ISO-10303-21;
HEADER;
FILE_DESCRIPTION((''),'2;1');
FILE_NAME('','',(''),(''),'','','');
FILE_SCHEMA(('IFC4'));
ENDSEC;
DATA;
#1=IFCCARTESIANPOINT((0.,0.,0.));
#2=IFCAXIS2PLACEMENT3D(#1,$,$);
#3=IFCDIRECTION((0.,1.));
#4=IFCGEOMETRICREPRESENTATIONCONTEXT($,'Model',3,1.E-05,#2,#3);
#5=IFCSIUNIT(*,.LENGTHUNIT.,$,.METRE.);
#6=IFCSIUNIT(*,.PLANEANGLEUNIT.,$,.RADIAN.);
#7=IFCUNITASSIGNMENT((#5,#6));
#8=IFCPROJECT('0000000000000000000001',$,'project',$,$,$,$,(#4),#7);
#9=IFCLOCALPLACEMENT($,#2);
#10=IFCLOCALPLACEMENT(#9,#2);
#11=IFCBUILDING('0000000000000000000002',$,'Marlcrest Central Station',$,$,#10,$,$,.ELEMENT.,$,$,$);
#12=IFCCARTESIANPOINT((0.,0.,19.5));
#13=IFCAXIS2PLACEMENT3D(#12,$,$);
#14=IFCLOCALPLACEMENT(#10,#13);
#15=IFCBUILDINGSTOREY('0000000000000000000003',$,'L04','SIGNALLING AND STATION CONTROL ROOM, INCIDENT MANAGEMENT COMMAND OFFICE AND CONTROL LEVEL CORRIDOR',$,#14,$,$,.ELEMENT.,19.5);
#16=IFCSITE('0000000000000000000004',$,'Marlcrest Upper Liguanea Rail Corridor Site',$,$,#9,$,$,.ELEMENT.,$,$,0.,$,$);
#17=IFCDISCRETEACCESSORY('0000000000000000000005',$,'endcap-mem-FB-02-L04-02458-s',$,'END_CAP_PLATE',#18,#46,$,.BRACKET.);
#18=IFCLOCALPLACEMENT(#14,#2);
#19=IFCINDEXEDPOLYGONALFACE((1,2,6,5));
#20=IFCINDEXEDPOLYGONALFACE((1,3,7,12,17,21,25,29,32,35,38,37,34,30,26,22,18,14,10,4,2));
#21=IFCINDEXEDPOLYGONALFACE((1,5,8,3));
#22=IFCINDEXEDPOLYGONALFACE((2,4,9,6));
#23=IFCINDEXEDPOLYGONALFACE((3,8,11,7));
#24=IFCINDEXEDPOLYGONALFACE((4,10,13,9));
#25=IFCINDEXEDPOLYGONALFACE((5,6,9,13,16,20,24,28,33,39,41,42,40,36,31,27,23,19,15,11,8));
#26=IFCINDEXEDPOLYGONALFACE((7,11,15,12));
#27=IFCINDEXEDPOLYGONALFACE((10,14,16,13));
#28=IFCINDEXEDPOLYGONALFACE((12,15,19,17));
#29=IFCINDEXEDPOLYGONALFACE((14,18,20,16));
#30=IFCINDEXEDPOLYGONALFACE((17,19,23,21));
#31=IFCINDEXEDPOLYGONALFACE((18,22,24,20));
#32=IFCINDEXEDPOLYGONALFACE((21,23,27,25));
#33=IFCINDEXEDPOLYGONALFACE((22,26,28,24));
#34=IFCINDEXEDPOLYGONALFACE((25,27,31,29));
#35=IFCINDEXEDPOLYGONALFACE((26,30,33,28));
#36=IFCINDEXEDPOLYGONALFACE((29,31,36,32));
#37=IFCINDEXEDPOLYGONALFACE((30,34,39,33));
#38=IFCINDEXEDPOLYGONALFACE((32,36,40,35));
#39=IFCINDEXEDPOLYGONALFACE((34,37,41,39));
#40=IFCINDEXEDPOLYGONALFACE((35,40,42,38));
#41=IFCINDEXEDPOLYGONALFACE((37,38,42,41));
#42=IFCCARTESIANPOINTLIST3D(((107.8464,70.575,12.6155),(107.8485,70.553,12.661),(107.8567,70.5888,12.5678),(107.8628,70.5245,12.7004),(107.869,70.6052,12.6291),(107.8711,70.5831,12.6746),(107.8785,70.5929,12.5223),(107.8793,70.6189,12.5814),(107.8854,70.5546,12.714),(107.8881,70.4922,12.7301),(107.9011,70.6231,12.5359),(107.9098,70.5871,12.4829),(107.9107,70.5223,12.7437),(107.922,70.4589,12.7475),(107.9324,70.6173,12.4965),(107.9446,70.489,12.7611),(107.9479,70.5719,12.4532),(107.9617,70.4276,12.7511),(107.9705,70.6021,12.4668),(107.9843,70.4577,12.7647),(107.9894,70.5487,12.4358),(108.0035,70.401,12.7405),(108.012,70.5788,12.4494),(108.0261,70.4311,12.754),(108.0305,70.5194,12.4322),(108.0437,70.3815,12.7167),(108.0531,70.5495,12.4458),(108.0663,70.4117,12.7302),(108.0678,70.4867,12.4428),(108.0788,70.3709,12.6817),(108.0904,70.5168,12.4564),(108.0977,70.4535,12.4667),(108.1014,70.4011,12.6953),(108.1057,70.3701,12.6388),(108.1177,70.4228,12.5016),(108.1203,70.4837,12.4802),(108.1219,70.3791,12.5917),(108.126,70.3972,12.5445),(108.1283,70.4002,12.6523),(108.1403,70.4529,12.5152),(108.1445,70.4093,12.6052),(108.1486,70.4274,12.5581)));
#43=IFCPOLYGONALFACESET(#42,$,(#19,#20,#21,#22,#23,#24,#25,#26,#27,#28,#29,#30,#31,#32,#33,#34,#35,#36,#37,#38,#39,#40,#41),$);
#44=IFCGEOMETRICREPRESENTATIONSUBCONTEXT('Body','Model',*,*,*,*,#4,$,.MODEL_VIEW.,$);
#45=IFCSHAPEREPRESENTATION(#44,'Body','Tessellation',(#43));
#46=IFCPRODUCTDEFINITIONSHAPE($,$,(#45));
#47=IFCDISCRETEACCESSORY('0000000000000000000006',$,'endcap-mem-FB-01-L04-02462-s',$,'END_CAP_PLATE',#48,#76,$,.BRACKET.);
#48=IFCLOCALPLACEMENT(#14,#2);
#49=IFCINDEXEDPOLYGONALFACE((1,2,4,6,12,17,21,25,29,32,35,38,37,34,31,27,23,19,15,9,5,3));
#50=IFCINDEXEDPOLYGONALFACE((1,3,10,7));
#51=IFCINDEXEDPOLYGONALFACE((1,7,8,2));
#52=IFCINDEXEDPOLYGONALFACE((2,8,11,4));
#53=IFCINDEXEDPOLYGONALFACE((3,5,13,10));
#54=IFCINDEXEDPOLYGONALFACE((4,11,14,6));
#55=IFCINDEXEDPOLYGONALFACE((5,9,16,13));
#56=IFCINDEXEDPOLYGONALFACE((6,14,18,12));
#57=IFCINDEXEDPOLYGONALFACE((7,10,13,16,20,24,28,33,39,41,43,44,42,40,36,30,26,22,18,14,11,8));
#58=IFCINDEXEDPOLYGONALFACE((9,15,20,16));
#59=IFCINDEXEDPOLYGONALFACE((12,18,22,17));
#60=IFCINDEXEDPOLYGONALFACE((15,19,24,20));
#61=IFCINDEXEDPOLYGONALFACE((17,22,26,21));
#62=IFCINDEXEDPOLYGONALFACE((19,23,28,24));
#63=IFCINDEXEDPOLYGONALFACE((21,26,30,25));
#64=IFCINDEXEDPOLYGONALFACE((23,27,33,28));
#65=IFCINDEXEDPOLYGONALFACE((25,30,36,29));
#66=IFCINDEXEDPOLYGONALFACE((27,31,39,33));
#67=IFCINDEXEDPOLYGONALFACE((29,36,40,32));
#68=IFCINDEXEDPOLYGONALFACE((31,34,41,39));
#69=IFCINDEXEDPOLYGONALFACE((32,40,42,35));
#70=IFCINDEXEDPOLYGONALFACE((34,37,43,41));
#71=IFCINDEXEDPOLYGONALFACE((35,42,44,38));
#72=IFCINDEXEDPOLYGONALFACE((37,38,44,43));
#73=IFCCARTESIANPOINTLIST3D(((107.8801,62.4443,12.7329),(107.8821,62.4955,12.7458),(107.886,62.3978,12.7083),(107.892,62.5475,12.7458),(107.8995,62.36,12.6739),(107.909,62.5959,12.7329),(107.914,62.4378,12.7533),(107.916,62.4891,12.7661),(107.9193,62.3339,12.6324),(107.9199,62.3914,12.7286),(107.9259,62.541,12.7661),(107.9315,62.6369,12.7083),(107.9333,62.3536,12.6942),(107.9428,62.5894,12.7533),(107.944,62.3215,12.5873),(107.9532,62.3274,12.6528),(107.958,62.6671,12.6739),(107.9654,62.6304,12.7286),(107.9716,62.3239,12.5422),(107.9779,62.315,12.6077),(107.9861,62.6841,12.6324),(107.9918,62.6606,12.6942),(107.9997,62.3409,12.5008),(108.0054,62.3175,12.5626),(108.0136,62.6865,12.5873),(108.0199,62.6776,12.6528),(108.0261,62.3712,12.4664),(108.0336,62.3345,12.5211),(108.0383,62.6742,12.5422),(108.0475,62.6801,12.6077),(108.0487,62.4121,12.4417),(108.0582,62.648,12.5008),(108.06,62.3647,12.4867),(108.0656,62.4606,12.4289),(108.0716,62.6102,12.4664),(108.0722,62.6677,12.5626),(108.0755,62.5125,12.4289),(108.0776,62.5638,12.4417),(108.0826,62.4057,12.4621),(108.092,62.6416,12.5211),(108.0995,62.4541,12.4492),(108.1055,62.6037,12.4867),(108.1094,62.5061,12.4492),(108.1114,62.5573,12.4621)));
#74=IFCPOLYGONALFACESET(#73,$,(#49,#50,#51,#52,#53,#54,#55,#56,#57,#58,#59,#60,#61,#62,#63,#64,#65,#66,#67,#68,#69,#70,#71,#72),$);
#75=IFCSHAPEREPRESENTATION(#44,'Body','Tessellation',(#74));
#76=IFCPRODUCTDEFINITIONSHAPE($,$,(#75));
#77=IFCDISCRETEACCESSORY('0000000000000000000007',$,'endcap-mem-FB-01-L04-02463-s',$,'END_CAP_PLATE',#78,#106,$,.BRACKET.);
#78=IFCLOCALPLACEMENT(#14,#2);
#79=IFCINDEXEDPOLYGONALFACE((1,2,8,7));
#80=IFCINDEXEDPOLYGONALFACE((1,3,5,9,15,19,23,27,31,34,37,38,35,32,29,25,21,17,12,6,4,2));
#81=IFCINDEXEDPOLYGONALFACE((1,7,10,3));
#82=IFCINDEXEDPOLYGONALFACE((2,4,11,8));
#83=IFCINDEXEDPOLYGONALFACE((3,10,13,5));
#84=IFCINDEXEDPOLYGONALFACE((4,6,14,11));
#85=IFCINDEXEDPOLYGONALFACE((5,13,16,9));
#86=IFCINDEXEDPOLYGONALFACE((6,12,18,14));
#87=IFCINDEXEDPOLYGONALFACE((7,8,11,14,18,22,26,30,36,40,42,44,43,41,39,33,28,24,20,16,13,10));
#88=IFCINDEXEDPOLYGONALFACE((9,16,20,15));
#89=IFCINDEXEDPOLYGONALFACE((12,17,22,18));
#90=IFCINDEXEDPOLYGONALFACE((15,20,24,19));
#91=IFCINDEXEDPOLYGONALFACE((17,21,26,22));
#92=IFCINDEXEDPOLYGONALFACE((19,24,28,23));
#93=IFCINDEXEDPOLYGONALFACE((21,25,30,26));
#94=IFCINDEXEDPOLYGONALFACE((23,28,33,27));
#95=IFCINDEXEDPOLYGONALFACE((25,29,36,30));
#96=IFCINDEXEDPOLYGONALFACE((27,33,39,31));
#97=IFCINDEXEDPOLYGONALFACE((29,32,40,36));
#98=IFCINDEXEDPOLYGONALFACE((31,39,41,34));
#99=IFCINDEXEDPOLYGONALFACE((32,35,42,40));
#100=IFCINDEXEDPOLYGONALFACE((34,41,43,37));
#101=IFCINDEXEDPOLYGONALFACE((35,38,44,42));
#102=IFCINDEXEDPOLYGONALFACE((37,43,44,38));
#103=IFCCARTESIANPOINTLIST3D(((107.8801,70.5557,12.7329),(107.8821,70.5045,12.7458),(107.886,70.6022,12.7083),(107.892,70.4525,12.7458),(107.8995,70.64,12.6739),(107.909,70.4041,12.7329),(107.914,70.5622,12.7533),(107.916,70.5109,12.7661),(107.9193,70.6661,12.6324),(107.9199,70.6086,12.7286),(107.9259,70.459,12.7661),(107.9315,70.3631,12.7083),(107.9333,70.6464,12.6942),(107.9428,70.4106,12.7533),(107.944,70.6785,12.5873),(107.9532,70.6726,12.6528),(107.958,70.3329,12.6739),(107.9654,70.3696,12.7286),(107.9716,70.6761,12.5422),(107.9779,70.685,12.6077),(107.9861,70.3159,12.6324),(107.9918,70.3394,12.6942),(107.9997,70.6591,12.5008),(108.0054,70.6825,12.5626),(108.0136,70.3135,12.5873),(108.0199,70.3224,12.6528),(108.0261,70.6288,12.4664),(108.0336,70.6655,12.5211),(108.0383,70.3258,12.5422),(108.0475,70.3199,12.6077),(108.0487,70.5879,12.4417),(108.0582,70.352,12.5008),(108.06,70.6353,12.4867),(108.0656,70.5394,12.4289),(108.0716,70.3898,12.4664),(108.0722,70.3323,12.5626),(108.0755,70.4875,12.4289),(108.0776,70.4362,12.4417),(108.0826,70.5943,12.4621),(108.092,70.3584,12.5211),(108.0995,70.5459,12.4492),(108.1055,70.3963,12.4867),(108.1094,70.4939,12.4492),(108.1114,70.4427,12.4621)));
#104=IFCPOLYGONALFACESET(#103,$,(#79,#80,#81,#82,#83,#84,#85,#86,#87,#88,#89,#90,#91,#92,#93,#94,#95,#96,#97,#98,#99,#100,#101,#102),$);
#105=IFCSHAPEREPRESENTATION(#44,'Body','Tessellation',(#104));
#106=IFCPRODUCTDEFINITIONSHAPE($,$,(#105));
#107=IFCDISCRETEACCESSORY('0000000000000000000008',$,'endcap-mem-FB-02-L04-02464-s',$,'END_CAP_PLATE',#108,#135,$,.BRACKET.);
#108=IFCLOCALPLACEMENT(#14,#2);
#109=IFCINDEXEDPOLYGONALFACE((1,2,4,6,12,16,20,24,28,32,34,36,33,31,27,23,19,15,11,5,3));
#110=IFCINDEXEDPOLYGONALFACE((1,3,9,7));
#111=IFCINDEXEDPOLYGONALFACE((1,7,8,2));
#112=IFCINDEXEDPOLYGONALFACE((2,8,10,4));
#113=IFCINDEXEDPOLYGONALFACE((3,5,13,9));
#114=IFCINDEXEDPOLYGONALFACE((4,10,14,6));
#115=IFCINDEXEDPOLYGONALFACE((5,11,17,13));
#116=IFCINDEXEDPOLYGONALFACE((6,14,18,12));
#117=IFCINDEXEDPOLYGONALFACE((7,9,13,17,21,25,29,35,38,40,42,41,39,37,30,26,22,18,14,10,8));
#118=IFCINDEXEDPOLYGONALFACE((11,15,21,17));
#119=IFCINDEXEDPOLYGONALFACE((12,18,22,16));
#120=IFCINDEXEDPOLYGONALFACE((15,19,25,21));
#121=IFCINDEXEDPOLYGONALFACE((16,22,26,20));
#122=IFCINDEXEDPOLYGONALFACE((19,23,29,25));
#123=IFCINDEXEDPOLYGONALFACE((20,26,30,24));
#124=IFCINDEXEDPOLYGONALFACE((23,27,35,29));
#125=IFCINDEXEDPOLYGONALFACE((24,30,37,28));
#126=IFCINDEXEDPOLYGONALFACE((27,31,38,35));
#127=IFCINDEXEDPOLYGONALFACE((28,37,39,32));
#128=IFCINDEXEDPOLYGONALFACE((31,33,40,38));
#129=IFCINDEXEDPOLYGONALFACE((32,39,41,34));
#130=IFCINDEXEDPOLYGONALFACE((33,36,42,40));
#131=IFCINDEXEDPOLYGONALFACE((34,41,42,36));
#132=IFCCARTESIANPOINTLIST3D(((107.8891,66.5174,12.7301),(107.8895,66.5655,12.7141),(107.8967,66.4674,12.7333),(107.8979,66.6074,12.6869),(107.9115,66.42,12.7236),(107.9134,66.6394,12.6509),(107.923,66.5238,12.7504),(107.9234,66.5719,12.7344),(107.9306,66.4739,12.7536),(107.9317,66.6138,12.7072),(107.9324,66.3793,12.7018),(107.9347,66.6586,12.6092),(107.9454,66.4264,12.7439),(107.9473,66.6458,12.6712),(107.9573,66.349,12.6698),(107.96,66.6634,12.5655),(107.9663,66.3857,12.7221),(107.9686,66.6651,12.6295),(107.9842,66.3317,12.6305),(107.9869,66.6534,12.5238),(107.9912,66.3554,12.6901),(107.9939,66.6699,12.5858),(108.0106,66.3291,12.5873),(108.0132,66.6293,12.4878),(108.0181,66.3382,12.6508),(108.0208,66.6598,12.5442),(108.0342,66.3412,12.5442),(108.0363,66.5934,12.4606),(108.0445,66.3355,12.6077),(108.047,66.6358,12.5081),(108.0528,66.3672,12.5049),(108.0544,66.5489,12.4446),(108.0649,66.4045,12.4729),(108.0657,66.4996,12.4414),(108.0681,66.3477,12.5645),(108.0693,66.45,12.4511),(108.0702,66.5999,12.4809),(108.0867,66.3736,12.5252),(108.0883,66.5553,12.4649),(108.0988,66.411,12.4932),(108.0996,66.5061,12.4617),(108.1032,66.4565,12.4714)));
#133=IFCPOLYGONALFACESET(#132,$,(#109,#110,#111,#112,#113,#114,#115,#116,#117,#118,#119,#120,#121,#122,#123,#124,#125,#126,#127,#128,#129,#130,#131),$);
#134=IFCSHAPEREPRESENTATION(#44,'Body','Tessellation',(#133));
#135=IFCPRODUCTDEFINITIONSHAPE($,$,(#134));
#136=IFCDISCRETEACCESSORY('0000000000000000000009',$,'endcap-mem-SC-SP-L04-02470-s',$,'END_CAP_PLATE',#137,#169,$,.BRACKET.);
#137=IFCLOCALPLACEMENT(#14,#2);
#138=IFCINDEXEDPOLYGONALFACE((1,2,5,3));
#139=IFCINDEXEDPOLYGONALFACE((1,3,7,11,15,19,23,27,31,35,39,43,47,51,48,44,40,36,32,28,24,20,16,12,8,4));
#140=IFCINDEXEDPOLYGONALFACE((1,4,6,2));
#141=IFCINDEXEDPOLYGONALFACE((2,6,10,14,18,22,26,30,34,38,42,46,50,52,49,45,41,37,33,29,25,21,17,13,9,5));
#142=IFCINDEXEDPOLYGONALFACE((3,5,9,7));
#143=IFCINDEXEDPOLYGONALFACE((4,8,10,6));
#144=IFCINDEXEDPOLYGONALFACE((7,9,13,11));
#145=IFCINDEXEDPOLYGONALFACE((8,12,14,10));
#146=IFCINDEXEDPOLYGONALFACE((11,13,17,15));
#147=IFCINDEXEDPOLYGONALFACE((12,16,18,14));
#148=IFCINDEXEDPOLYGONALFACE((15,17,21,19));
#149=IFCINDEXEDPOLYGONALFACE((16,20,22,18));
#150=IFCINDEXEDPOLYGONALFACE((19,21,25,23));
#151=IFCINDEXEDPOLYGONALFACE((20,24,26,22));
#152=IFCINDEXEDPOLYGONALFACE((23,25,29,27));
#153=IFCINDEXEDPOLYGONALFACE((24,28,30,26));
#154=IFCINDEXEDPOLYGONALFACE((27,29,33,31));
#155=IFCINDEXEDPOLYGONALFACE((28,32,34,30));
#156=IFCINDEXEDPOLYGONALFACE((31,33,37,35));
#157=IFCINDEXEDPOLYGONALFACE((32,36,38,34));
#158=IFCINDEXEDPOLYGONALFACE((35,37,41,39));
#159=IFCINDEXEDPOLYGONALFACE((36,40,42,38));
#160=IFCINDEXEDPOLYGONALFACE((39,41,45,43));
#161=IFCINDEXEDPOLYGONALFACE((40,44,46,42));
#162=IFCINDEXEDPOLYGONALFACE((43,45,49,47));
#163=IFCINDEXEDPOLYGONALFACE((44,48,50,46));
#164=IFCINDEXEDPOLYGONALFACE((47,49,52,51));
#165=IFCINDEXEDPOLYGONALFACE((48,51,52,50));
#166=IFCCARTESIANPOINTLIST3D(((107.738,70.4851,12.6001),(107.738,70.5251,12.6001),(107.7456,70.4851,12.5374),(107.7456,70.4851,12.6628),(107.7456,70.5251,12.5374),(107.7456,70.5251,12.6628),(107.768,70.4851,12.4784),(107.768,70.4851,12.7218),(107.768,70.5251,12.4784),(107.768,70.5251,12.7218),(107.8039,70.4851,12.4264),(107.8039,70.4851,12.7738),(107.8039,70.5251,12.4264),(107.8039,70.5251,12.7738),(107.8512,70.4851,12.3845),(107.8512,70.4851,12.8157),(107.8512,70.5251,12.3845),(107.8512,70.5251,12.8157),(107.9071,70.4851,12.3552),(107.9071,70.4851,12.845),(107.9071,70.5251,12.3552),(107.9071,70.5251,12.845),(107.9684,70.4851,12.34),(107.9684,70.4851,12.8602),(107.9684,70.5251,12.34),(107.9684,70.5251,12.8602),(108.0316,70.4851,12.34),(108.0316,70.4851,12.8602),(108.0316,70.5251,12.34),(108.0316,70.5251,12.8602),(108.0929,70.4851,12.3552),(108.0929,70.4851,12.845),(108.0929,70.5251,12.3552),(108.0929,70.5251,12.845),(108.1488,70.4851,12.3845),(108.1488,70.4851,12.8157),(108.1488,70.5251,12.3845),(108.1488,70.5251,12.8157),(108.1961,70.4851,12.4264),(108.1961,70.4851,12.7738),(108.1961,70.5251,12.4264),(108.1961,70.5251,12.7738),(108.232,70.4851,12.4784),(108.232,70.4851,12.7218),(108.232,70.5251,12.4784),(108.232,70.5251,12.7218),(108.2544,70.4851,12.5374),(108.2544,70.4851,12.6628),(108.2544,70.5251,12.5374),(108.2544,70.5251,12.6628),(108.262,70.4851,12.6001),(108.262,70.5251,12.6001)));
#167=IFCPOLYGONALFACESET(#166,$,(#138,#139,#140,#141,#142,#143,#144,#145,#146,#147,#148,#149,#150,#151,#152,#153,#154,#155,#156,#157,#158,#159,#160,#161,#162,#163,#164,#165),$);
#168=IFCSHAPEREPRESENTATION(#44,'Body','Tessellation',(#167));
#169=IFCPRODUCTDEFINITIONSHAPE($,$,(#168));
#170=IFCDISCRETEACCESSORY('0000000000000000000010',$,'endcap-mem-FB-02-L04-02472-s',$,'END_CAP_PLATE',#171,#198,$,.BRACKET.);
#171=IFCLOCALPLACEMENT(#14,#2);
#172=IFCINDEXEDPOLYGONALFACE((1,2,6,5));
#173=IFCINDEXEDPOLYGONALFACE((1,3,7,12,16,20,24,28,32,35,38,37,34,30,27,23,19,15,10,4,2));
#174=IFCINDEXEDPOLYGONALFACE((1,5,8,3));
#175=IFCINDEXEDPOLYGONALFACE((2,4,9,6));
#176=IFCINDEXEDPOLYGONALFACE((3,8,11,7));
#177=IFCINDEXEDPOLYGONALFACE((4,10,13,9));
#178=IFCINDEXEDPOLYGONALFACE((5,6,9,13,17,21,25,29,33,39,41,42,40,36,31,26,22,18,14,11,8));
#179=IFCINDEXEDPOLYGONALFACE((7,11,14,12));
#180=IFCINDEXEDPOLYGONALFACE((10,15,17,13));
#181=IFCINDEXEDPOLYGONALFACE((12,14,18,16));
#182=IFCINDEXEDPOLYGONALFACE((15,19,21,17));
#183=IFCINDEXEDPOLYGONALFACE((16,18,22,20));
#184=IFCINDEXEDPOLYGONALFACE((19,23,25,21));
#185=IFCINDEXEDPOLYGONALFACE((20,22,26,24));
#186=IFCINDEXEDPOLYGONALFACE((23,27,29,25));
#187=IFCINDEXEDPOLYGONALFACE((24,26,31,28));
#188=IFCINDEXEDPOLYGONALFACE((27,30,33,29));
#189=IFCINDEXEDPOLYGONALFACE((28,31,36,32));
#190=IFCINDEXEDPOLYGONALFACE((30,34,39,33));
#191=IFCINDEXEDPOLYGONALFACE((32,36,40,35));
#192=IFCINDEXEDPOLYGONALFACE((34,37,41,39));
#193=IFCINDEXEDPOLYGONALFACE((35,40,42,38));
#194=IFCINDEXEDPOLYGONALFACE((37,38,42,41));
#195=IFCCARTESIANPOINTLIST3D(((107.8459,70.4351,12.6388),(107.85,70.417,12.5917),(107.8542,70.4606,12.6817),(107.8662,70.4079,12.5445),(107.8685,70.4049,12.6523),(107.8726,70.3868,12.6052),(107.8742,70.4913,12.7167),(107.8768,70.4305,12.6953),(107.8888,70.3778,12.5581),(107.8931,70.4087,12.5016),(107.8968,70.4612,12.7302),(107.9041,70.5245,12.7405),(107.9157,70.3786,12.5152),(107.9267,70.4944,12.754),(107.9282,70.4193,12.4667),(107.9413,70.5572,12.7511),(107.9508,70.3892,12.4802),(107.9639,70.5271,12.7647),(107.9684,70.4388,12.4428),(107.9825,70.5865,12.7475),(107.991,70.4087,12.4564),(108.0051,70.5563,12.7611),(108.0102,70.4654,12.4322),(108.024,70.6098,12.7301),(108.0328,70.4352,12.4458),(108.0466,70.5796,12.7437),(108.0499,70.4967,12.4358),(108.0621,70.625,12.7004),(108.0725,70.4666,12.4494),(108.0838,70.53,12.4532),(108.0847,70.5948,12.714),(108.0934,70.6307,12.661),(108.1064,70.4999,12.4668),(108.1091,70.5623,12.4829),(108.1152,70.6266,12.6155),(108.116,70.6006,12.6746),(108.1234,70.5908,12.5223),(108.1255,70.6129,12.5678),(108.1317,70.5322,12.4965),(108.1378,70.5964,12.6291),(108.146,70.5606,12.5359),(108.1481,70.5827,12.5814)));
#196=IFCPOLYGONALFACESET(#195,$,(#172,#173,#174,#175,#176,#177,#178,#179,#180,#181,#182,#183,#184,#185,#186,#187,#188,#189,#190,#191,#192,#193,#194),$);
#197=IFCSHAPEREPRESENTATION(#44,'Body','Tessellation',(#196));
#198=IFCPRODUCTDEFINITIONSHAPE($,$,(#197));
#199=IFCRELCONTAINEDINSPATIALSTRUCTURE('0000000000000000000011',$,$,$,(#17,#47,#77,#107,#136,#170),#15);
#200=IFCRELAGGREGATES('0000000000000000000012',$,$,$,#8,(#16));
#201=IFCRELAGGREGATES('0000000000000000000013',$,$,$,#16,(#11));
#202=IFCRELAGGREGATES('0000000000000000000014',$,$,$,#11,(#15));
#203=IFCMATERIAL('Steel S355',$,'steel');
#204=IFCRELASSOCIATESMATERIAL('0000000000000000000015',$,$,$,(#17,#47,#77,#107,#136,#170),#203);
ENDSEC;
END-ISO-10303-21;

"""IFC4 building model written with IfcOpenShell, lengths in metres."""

from ifc_helpers import new_model, si_unit, direction, frame, origin, origin_2d, place, context, subcontext, project, spatial, circle, extrude, material, element, save


model = new_model("IFC4")

# Units and contexts
model_context = context("Model", 3, precision=1e-05, world=origin(), true_north=direction((0.0, 1.0)))
body_context = subcontext(model_context, "Body", "Model", "MODEL_VIEW")
ifc_project = project(units=[si_unit("LENGTHUNIT", "METRE"), si_unit("PLANEANGLEUNIT", "RADIAN")], contexts=[model_context])

# Site, building, storey
site_placement = place(None, origin())
site = spatial("IfcSite", under=ifc_project, at=site_placement, Name="Marlcrest Upper Liguanea Rail Corridor Site", CompositionType="ELEMENT", RefElevation=0.0)
building_placement = place(site_placement, origin())
building = spatial("IfcBuilding", under=site, at=building_placement, Name="Marlcrest Central Station", CompositionType="ELEMENT")
storey_placement = place(building_placement, frame((0.0, 0.0, 19.5)))
storey = spatial("IfcBuildingStorey", under=building, at=storey_placement, Name="L04", Description="SIGNALLING AND STATION CONTROL ROOM, INCIDENT MANAGEMENT COMMAND OFFICE AND CONTROL LEVEL CORRIDOR", CompositionType="ELEMENT", Elevation=19.5)

# Discrete accessories
ifc_material_1 = material(Name="Steel S355", Category="steel")
for number, where, z_axis, x_axis, name in (
    (1, (108.0085, 70.5112, 12.6052), (-0.564531, -0.752708, -0.338728), (0.8, -0.6, 0.0), "endcap-mem-FB-02-L04-02458-s"),
):
    element("IfcDiscreteAccessory", number, at=place(storey_placement, frame(where, z_axis=z_axis, x_axis=x_axis)), inside=storey, material=ifc_material_1, Name=name, ObjectType="END_CAP_PLATE", PredefinedType="BRACKET", context=body_context, shape_type="SweptSolid", body=[
        extrude(circle(Radius=0.1699, at=origin_2d()), origin(), (0.0, 0.0, 1.0), 0.04),
    ])
for number, where, z_axis, x_axis, name in (
    (2, (108.0127, 62.4976, 12.6077), (-0.846277, 0.161196, -0.50777), (-0.187112, -0.982339, 0.0), "endcap-mem-FB-01-L04-02462-s"),
    (3, (108.0127, 70.5024, 12.6077), (-0.846277, -0.161196, -0.50777), (0.187112, -0.982339, 0.0), "endcap-mem-FB-01-L04-02463-s"),
):
    element("IfcDiscreteAccessory", number, at=place(storey_placement, frame(where, z_axis=z_axis, x_axis=x_axis)), inside=storey, material=ifc_material_1, Name=name, ObjectType="END_CAP_PLATE", PredefinedType="BRACKET", context=body_context, shape_type="SweptSolid", body=[
        extrude(circle(Radius=0.1858, at=origin_2d()), origin(), (0.0, 0.0, 1.0), 0.04),
    ])
discrete_accessory_1_placement = place(storey_placement, frame((108.0127, 66.5024, 12.6077), z_axis=(-0.846277, -0.161196, -0.50777), x_axis=(0.187112, -0.982339, 0.0)))
element("IfcDiscreteAccessory", 4, at=discrete_accessory_1_placement, inside=storey, material=ifc_material_1, Name="endcap-mem-FB-02-L04-02464-s", ObjectType="END_CAP_PLATE", PredefinedType="BRACKET", context=body_context, shape_type="SweptSolid", body=[
    extrude(circle(Radius=0.1699, at=origin_2d()), origin(), (0.0, 0.0, 1.0), 0.04),
])
discrete_accessory_2_placement = place(storey_placement, frame((108.0, 70.4851, 12.6001), z_axis=(0.0, 1.0, 0.0), x_axis=(-1.0, 0.0, 0.0)))
element("IfcDiscreteAccessory", 5, at=discrete_accessory_2_placement, inside=storey, material=ifc_material_1, Name="endcap-mem-SC-SP-L04-02470-s", ObjectType="END_CAP_PLATE", PredefinedType="BRACKET", context=body_context, shape_type="SweptSolid", body=[
    extrude(circle(Radius=0.262, at=origin_2d()), origin(), (0.0, 0.0, 1.0), 0.04),
])
discrete_accessory_3_placement = place(storey_placement, frame((108.0085, 70.4888, 12.6052), z_axis=(-0.564531, 0.752708, -0.338728), x_axis=(-0.8, -0.6, 0.0)))
element("IfcDiscreteAccessory", 6, at=discrete_accessory_3_placement, inside=storey, material=ifc_material_1, Name="endcap-mem-FB-02-L04-02472-s", ObjectType="END_CAP_PLATE", PredefinedType="BRACKET", context=body_context, shape_type="SweptSolid", body=[
    extrude(circle(Radius=0.1699, at=origin_2d()), origin(), (0.0, 0.0, 1.0), 0.04),
])

save(model, "model.ifc")
